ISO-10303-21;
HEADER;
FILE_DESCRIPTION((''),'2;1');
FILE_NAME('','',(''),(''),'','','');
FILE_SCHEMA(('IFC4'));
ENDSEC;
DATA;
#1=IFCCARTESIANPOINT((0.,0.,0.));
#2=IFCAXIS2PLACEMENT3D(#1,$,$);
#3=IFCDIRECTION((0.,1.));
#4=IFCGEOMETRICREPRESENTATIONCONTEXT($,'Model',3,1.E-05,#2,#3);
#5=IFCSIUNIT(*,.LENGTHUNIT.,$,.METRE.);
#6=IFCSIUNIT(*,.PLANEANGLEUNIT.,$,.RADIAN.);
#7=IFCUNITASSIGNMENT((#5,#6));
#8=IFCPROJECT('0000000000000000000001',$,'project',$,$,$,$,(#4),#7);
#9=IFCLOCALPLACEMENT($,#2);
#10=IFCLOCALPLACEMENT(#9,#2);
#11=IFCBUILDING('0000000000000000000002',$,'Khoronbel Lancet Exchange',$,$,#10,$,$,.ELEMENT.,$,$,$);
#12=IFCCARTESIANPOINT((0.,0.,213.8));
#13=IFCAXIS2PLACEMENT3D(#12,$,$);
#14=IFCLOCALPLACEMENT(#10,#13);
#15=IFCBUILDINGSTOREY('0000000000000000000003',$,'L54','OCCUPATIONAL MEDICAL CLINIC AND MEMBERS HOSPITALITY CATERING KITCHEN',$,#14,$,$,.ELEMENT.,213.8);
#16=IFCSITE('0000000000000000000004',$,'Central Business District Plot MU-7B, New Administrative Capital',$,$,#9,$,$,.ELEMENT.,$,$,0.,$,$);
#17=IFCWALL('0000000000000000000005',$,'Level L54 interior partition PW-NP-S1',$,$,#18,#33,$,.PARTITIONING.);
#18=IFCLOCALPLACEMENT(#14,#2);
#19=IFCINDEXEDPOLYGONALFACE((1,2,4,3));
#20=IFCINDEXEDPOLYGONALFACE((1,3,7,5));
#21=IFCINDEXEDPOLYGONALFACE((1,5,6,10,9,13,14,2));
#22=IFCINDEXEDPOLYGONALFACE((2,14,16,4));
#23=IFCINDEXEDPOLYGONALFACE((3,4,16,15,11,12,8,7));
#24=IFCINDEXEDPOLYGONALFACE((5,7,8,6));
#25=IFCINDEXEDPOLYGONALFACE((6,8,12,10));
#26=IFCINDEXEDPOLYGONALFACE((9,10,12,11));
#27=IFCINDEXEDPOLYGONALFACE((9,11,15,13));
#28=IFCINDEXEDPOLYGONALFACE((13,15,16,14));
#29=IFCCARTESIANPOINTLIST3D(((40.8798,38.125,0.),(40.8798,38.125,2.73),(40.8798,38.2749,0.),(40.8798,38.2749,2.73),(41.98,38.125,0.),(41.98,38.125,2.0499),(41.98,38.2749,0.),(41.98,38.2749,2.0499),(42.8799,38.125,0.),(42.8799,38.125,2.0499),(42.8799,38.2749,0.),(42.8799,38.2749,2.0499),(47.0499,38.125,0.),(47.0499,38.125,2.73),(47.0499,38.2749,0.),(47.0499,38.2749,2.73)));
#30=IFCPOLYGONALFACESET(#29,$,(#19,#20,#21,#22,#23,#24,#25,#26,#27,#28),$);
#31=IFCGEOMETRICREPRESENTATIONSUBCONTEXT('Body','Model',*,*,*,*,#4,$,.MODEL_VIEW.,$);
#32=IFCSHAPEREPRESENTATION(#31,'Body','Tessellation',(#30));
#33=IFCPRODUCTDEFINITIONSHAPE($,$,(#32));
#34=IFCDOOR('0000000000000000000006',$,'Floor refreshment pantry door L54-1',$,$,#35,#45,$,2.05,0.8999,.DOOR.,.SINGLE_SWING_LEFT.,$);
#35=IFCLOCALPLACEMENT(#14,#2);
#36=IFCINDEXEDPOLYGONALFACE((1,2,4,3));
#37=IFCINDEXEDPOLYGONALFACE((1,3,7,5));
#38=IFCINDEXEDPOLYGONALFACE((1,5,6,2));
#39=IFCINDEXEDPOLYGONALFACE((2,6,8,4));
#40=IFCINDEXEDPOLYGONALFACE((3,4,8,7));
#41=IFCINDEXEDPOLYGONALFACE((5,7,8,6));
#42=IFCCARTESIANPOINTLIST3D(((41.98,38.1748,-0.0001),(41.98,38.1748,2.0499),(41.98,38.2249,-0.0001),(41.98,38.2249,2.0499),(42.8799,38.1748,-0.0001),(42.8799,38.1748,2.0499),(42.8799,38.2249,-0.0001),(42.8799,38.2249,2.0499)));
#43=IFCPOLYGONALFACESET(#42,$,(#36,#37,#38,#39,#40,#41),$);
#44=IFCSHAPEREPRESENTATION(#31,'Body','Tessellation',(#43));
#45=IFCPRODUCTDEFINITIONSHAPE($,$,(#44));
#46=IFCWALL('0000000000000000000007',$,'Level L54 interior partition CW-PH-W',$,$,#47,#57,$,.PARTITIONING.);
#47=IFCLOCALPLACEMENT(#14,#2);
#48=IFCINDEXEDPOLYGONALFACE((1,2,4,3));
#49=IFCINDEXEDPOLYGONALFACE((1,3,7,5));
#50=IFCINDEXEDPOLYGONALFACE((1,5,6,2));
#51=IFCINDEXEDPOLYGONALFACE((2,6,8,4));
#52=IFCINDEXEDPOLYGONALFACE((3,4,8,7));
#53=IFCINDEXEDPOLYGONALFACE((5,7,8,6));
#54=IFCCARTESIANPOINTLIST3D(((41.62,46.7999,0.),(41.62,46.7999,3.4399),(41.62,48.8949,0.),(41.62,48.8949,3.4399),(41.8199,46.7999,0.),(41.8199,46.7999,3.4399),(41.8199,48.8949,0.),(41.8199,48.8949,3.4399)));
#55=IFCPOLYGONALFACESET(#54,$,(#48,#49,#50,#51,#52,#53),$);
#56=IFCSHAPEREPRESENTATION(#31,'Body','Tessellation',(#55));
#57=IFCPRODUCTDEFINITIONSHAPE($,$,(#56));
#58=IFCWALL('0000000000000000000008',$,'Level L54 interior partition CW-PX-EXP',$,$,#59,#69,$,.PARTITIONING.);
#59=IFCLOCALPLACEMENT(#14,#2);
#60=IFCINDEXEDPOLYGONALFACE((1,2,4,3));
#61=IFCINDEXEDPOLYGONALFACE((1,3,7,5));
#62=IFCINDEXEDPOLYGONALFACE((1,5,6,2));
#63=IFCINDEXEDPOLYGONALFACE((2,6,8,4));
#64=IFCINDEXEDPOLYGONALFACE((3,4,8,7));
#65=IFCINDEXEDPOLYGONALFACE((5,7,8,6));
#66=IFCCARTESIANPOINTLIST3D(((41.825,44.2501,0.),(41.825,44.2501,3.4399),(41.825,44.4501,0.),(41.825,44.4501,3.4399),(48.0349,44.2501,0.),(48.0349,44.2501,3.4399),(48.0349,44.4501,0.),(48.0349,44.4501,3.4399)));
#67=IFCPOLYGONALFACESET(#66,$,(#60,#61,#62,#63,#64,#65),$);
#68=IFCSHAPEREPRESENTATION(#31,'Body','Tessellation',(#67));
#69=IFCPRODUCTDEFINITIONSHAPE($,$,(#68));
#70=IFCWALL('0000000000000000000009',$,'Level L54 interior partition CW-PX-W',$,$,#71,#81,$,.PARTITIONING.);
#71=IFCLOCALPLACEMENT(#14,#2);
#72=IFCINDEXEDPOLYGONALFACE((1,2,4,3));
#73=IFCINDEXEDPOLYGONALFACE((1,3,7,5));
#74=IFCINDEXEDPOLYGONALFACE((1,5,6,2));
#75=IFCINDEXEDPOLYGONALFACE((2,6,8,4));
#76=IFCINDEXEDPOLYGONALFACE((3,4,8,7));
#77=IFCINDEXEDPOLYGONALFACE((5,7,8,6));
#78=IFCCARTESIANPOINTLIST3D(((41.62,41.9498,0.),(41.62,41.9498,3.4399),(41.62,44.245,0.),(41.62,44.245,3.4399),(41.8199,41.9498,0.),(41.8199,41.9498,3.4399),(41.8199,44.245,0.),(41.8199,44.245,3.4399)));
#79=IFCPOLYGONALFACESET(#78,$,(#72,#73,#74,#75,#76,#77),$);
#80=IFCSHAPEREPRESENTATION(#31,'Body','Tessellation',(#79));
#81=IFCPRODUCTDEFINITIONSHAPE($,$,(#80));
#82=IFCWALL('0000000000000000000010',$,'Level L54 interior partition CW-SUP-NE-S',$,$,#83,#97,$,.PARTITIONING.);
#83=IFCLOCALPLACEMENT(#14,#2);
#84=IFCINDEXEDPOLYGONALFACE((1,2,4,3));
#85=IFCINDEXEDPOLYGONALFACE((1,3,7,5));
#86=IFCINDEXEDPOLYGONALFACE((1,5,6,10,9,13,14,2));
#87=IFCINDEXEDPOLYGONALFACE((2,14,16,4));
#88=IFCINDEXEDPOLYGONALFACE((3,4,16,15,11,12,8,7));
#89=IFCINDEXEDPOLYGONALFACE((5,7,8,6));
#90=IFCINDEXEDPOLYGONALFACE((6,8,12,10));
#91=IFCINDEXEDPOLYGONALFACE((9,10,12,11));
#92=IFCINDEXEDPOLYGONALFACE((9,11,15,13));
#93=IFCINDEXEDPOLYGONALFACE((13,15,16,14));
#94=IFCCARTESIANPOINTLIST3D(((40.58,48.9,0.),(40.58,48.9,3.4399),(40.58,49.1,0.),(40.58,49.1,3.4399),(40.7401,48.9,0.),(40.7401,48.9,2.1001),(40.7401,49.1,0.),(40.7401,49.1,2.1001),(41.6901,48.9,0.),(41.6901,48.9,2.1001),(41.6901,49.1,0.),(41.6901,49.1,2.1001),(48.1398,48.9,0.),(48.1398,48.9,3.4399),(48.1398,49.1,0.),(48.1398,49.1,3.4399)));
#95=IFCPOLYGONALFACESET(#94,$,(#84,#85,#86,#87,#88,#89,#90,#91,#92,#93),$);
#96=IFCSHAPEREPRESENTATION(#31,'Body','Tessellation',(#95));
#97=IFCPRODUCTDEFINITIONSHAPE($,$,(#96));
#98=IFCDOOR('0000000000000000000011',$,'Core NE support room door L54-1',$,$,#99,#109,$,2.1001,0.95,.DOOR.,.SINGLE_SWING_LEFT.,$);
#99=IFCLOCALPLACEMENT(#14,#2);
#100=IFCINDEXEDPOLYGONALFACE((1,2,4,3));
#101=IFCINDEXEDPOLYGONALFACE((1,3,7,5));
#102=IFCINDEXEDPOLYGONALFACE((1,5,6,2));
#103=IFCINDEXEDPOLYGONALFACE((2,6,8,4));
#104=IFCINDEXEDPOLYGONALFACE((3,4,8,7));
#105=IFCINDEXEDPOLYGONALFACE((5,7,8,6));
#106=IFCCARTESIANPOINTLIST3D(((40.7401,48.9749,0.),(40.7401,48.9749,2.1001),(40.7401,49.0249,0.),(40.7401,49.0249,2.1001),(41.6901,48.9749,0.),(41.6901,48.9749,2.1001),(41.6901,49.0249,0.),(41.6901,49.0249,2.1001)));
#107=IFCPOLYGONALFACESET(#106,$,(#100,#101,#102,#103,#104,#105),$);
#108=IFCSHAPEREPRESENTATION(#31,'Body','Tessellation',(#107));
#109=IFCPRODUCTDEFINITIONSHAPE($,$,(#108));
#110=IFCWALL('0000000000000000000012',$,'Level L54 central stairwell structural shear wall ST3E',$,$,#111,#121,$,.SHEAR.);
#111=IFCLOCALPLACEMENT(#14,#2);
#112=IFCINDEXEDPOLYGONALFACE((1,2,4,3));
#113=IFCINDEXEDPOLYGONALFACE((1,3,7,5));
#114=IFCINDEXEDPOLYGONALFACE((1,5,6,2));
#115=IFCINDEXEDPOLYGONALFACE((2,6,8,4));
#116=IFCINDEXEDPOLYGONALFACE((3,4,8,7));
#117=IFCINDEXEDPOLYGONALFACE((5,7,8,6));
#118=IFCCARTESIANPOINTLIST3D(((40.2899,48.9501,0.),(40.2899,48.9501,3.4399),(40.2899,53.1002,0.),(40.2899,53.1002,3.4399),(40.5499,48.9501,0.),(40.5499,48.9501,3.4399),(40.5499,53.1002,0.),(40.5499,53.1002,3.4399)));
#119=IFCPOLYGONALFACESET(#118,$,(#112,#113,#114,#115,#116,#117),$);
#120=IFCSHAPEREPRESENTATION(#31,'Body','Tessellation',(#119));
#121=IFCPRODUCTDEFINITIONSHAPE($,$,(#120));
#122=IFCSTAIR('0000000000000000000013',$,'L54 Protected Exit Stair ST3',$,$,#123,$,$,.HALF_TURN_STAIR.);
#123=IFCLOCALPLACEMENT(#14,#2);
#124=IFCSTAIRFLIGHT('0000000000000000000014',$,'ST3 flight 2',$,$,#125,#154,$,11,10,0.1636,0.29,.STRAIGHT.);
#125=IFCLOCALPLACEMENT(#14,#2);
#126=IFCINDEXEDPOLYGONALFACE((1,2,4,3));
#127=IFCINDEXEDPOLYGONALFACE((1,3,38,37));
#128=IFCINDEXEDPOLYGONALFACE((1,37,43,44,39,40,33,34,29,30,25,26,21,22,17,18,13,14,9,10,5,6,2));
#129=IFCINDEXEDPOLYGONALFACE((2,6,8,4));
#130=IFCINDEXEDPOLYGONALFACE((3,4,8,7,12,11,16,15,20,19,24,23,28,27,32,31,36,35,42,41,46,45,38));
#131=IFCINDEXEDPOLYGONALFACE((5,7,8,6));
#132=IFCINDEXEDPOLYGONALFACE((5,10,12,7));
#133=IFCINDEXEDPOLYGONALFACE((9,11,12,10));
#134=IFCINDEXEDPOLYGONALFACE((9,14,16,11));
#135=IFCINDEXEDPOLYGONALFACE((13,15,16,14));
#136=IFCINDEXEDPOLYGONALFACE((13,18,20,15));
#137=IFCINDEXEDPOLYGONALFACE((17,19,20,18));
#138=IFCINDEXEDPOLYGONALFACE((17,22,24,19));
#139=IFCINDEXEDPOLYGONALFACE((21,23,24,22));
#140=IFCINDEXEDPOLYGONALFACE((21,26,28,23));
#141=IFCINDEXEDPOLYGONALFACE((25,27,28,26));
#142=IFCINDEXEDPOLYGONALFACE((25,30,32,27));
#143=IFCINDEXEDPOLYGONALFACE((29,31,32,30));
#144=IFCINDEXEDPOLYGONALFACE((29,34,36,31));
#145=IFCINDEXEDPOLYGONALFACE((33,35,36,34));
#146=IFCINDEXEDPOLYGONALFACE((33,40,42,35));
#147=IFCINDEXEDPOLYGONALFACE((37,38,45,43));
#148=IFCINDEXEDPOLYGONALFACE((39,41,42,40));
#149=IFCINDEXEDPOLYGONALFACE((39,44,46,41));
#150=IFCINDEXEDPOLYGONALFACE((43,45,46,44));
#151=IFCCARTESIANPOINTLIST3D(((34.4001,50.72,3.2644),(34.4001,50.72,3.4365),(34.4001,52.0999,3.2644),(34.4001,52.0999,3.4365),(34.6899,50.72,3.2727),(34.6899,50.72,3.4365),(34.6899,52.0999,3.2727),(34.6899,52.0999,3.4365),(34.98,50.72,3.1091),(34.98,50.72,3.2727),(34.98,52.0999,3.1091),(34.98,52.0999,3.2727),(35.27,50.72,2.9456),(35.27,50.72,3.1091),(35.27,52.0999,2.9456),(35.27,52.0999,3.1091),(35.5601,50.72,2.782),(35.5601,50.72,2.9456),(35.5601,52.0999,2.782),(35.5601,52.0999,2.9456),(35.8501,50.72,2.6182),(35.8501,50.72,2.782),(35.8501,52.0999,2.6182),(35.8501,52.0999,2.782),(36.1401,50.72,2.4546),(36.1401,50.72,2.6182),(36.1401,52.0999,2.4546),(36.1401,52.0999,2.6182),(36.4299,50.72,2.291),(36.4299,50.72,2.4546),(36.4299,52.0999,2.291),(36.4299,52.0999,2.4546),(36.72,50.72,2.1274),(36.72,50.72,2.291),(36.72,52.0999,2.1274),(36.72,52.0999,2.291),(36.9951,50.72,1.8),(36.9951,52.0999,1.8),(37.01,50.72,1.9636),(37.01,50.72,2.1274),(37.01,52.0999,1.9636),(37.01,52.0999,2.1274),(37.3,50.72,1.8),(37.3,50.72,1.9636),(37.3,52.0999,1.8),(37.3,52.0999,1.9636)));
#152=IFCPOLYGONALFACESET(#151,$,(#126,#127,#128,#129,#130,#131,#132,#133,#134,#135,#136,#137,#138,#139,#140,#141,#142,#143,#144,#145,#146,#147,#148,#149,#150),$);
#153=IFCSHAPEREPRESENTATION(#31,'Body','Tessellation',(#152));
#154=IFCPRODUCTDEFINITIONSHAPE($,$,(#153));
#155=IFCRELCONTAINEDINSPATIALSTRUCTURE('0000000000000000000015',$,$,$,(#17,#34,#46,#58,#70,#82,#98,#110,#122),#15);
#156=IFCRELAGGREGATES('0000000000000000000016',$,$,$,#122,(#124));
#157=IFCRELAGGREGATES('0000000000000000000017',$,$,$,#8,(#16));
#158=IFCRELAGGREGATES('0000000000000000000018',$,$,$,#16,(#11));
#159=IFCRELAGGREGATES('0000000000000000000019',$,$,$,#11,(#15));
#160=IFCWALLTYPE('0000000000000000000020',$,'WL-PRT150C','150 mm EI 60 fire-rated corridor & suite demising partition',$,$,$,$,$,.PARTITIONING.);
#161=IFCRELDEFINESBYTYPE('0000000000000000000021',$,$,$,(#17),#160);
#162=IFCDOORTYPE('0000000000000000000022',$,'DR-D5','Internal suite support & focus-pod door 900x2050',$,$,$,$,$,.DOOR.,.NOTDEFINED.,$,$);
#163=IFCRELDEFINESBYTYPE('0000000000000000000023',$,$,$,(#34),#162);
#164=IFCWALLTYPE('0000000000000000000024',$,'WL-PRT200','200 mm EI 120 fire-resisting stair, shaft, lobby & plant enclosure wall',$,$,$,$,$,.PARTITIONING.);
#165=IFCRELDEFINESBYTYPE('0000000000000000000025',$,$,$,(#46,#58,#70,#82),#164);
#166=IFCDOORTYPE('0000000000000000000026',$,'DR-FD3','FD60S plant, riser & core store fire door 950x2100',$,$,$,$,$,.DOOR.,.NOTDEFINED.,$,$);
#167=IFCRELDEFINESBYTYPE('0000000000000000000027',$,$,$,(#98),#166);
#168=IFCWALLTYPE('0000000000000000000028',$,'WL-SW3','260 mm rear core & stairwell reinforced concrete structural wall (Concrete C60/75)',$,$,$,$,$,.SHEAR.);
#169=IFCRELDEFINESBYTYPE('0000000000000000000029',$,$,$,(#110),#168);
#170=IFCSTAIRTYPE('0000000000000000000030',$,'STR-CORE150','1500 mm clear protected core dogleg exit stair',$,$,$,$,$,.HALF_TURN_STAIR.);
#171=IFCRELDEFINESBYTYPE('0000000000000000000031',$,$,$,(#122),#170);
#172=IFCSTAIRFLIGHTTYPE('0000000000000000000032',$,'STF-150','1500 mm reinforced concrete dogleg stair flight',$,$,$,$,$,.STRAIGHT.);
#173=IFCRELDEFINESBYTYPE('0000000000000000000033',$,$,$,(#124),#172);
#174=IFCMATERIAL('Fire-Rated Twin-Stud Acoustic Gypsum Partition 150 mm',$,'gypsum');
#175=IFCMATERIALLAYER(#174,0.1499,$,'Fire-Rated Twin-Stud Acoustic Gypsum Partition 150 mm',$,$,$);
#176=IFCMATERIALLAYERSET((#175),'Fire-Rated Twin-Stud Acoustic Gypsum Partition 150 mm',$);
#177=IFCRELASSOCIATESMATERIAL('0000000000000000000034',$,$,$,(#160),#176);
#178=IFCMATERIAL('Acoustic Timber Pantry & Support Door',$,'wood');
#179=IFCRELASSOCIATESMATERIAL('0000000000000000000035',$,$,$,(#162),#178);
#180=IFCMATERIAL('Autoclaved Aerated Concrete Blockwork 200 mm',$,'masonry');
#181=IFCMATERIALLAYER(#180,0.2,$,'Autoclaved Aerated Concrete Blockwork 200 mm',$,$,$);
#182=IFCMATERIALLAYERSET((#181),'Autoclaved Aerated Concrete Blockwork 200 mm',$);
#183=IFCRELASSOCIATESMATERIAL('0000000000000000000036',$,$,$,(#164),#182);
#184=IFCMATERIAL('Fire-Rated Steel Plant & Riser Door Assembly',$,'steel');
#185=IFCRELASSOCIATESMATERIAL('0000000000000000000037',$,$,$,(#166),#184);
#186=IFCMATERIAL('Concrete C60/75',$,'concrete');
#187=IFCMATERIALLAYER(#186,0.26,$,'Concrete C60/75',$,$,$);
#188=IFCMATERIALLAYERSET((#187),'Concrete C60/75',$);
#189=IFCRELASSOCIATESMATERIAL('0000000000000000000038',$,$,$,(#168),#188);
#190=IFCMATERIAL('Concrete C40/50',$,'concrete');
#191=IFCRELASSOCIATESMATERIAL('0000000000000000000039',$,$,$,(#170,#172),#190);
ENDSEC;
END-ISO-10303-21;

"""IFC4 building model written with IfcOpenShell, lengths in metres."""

from ifc_helpers import new_model, si_unit, direction, frame, frame_2d, origin, place, context, subcontext, project, spatial, polyline, rectangle, outline, extrude, material, layer, layer_set, type_object, element, fill, aggregate, save


model = new_model("IFC4")

# Units and contexts
model_context = context("Model", 3, precision=1e-05, world=origin(), true_north=direction((0.0, 1.0)))
body_context = subcontext(model_context, "Body", "Model", "MODEL_VIEW")
ifc_project = project(units=[si_unit("LENGTHUNIT", "METRE"), si_unit("PLANEANGLEUNIT", "RADIAN")], contexts=[model_context])

# Site, building, storey
site_placement = place(None, origin())
site = spatial("IfcSite", under=ifc_project, at=site_placement, Name="Central Business District Plot MU-7B, New Administrative Capital", CompositionType="ELEMENT", RefElevation=0.0)
building_placement = place(site_placement, origin())
building = spatial("IfcBuilding", under=site, at=building_placement, Name="Khoronbel Lancet Exchange", CompositionType="ELEMENT")
storey_placement = place(building_placement, frame((0.0, 0.0, 213.8)))
storey = spatial("IfcBuildingStorey", under=building, at=storey_placement, Name="L54", Description="OCCUPATIONAL MEDICAL CLINIC AND MEMBERS HOSPITALITY CATERING KITCHEN", CompositionType="ELEMENT", Elevation=213.8)

# Shared definitions
ifc_material_1 = material(Name="Concrete C60/75", Category="concrete")

# Wall, opening, door
ifc_material_2 = material(Name="Fire-Rated Twin-Stud Acoustic Gypsum Partition 150 mm", Category="gypsum")
ifc_layer_1 = layer(ifc_material_2, 0.1499, Name="Fire-Rated Twin-Stud Acoustic Gypsum Partition 150 mm")
ifc_layer_set_1 = layer_set([ifc_layer_1], Name="Fire-Rated Twin-Stud Acoustic Gypsum Partition 150 mm")
wall_type_1 = type_object("IfcWallType", Name="WL-PRT150C", Description="150 mm EI 60 fire-rated corridor & suite demising partition", PredefinedType="PARTITIONING", material=ifc_layer_set_1)
wall_1_placement = place(storey_placement, frame((40.8799, 38.2, 0.0), z_axis=(0.0, 0.0, 1.0), x_axis=(1.0, 0.0, 0.0)))
wall_1 = element("IfcWall", 1, at=wall_1_placement, inside=storey, type_object=wall_type_1, Name="Level L54 interior partition PW-NP-S1", PredefinedType="PARTITIONING", context=body_context, shape_type="SweptSolid", body=[
    extrude(rectangle(XDim=6.1702, YDim=0.1499, at=frame_2d((3.085, 0.0))), origin(), (0.0, 0.0, 1.0), 2.73),
])
opening_1_placement = place(wall_1_placement, frame((1.1001, 0.0, 0.0)))
opening_1 = element("IfcOpeningElement", 2, at=opening_1_placement, cuts=wall_1, PredefinedType="OPENING", context=body_context, shape_type="SweptSolid", body=[
    extrude(rectangle(XDim=0.8999, YDim=2.05, at=frame_2d((0.45, 1.0249))), frame((0.0, 0.085, 0.0), z_axis=(0.0, -1.0, 0.0), x_axis=(1.0, 0.0, 0.0)), (0.0, 0.0, 1.0), 0.1699),
])
ifc_material_3 = material(Name="Acoustic Timber Pantry & Support Door", Category="wood")
door_type_1 = type_object("IfcDoorType", Name="DR-D5", Description="Internal suite support & focus-pod door 900x2050", OperationType="NOTDEFINED", PredefinedType="DOOR", material=ifc_material_3)
door_1_placement = place(opening_1_placement, origin())
door_1 = element("IfcDoor", 3, at=door_1_placement, inside=storey, type_object=door_type_1, Name="Floor refreshment pantry door L54-1", OperationType="SINGLE_SWING_LEFT", OverallHeight=2.05, OverallWidth=0.8999, PredefinedType="DOOR", context=body_context, shape_type="SweptSolid", body=[
    extrude(rectangle(XDim=0.8999, YDim=2.05, at=frame_2d((0.45, 1.0249))), frame((0.0, 0.0249, 0.0), z_axis=(0.0, -1.0, 0.0), x_axis=(1.0, 0.0, 0.0)), (0.0, 0.0, 1.0), 0.05),
])
fill(opening_1, door_1)

# Walls
ifc_material_4 = material(Name="Autoclaved Aerated Concrete Blockwork 200 mm", Category="masonry")
ifc_layer_2 = layer(ifc_material_4, 0.2, Name="Autoclaved Aerated Concrete Blockwork 200 mm")
ifc_layer_set_2 = layer_set([ifc_layer_2], Name="Autoclaved Aerated Concrete Blockwork 200 mm")
wall_type_2 = type_object("IfcWallType", Name="WL-PRT200", Description="200 mm EI 120 fire-resisting stair, shaft, lobby & plant enclosure wall", PredefinedType="PARTITIONING", material=ifc_layer_set_2)
wall_2_placement = place(storey_placement, frame((41.72, 46.8, 0.0), z_axis=(0.0, 0.0, 1.0), x_axis=(0.0, 1.0, 0.0)))
element("IfcWall", 4, at=wall_2_placement, inside=storey, type_object=wall_type_2, Name="Level L54 interior partition CW-PH-W", PredefinedType="PARTITIONING", context=body_context, shape_type="SweptSolid", body=[
    extrude(rectangle(XDim=2.095, YDim=0.2, at=frame_2d((1.0474, 0.0))), origin(), (0.0, 0.0, 1.0), 3.4399),
])
wall_3_placement = place(storey_placement, frame((41.825, 44.3501, 0.0), z_axis=(0.0, 0.0, 1.0), x_axis=(1.0, 0.0, 0.0)))
element("IfcWall", 5, at=wall_3_placement, inside=storey, type_object=wall_type_2, Name="Level L54 interior partition CW-PX-EXP", PredefinedType="PARTITIONING", context=body_context, shape_type="SweptSolid", body=[
    extrude(rectangle(XDim=6.21, YDim=0.2, at=frame_2d((3.105, 0.0))), origin(), (0.0, 0.0, 1.0), 3.4399),
])
wall_4_placement = place(storey_placement, frame((41.72, 41.95, 0.0), z_axis=(0.0, 0.0, 1.0), x_axis=(0.0, 1.0, 0.0)))
element("IfcWall", 6, at=wall_4_placement, inside=storey, type_object=wall_type_2, Name="Level L54 interior partition CW-PX-W", PredefinedType="PARTITIONING", context=body_context, shape_type="SweptSolid", body=[
    extrude(rectangle(XDim=2.2952, YDim=0.2, at=frame_2d((1.1475, 0.0))), origin(), (0.0, 0.0, 1.0), 3.4399),
])

# Wall, opening, door
wall_5_placement = place(storey_placement, frame((40.5801, 49.0, 0.0), z_axis=(0.0, 0.0, 1.0), x_axis=(1.0, 0.0, 0.0)))
wall_5 = element("IfcWall", 7, at=wall_5_placement, inside=storey, type_object=wall_type_2, Name="Level L54 interior partition CW-SUP-NE-S", PredefinedType="PARTITIONING", context=body_context, shape_type="SweptSolid", body=[
    extrude(rectangle(XDim=7.5598, YDim=0.2, at=frame_2d((3.7798, 0.0))), origin(), (0.0, 0.0, 1.0), 3.4399),
])
opening_2_placement = place(wall_5_placement, frame((0.1599, 0.0, 0.0)))
opening_2 = element("IfcOpeningElement", 8, at=opening_2_placement, cuts=wall_5, PredefinedType="OPENING", context=body_context, shape_type="SweptSolid", body=[
    extrude(rectangle(XDim=0.95, YDim=2.1001, at=frame_2d((0.4751, 1.05))), frame((0.0, 0.1099, 0.0), z_axis=(0.0, -1.0, 0.0), x_axis=(1.0, 0.0, 0.0)), (0.0, 0.0, 1.0), 0.22),
])
ifc_material_5 = material(Name="Fire-Rated Steel Plant & Riser Door Assembly", Category="steel")
door_type_2 = type_object("IfcDoorType", Name="DR-FD3", Description="FD60S plant, riser & core store fire door 950x2100", OperationType="NOTDEFINED", PredefinedType="DOOR", material=ifc_material_5)
door_2_placement = place(opening_2_placement, origin())
door_2 = element("IfcDoor", 9, at=door_2_placement, inside=storey, type_object=door_type_2, Name="Core NE support room door L54-1", OperationType="SINGLE_SWING_LEFT", OverallHeight=2.1001, OverallWidth=0.95, PredefinedType="DOOR", context=body_context, shape_type="SweptSolid", body=[
    extrude(rectangle(XDim=0.95, YDim=2.1001, at=frame_2d((0.4751, 1.05))), frame((0.0, 0.0249, 0.0), z_axis=(0.0, -1.0, 0.0), x_axis=(1.0, 0.0, 0.0)), (0.0, 0.0, 1.0), 0.05),
])
fill(opening_2, door_2)

# Wall
ifc_layer_3 = layer(ifc_material_1, 0.26, Name="Concrete C60/75")
ifc_layer_set_3 = layer_set([ifc_layer_3], Name="Concrete C60/75")
wall_type_3 = type_object("IfcWallType", Name="WL-SW3", Description="260 mm rear core & stairwell reinforced concrete structural wall (Concrete C60/75)", PredefinedType="SHEAR", material=ifc_layer_set_3)
wall_6_placement = place(storey_placement, frame((40.4199, 48.95, 0.0), z_axis=(0.0, 0.0, 1.0), x_axis=(0.0, 1.0, 0.0)))
element("IfcWall", 10, at=wall_6_placement, inside=storey, type_object=wall_type_3, Name="Level L54 central stairwell structural shear wall ST3E", PredefinedType="SHEAR", context=body_context, shape_type="SweptSolid", body=[
    extrude(rectangle(XDim=4.1501, YDim=0.26, at=frame_2d((2.0752, 0.0))), origin(), (0.0, 0.0, 1.0), 3.4399),
])

# Stair, stair flight
ifc_material_6 = material(Name="Concrete C40/50", Category="concrete")
stair_type = type_object("IfcStairType", Name="STR-CORE150", Description="1500 mm clear protected core dogleg exit stair", PredefinedType="HALF_TURN_STAIR", material=ifc_material_6)
stair_placement = place(storey_placement, origin())
stair = element("IfcStair", 11, at=stair_placement, inside=storey, type_object=stair_type, Name="L54 Protected Exit Stair ST3", PredefinedType="HALF_TURN_STAIR")
stair_flight_type = type_object("IfcStairFlightType", Name="STF-150", Description="1500 mm reinforced concrete dogleg stair flight", PredefinedType="STRAIGHT", material=ifc_material_6)
stair_flight_placement = place(storey_placement, frame((37.3, 51.4099, 1.8), z_axis=(0.0, 0.0, 1.0), x_axis=(-1.0, 0.0, 0.0)))
stair_flight = element("IfcStairFlight", 12, at=stair_flight_placement, type_object=stair_flight_type, Name="ST3 flight 2", NumberOfRisers=11, NumberOfTreads=10, PredefinedType="STRAIGHT", RiserHeight=0.1636, TreadLength=0.29, context=body_context, shape_type="SweptSolid", body=[
    extrude(outline(polyline([(0.0, 0.0), (0.0, 0.1636), (0.29, 0.1636), (0.29, 0.3274), (0.5801, 0.3274), (0.5801, 0.491), (0.8701, 0.491), (0.8701, 0.6545), (1.1599, 0.6545), (1.1599, 0.8181), (1.45, 0.8181), (1.45, 0.9819), (1.74, 0.9819), (1.74, 1.1455), (2.03, 1.1455), (2.03, 1.3091), (2.3201, 1.3091), (2.3201, 1.4727), (2.6101, 1.4727), (2.6101, 1.6365), (2.8999, 1.6365), (2.8999, 1.8), (2.8999, 1.4644), (0.3049, 0.0), (0.0, 0.0)])), frame((0.0, 0.6899, 0.0), z_axis=(0.0, -1.0, 0.0), x_axis=(1.0, 0.0, 0.0)), (0.0, 0.0, 1.0), 1.3799),
])
aggregate(stair, [stair_flight])

save(model, "model.ifc")
